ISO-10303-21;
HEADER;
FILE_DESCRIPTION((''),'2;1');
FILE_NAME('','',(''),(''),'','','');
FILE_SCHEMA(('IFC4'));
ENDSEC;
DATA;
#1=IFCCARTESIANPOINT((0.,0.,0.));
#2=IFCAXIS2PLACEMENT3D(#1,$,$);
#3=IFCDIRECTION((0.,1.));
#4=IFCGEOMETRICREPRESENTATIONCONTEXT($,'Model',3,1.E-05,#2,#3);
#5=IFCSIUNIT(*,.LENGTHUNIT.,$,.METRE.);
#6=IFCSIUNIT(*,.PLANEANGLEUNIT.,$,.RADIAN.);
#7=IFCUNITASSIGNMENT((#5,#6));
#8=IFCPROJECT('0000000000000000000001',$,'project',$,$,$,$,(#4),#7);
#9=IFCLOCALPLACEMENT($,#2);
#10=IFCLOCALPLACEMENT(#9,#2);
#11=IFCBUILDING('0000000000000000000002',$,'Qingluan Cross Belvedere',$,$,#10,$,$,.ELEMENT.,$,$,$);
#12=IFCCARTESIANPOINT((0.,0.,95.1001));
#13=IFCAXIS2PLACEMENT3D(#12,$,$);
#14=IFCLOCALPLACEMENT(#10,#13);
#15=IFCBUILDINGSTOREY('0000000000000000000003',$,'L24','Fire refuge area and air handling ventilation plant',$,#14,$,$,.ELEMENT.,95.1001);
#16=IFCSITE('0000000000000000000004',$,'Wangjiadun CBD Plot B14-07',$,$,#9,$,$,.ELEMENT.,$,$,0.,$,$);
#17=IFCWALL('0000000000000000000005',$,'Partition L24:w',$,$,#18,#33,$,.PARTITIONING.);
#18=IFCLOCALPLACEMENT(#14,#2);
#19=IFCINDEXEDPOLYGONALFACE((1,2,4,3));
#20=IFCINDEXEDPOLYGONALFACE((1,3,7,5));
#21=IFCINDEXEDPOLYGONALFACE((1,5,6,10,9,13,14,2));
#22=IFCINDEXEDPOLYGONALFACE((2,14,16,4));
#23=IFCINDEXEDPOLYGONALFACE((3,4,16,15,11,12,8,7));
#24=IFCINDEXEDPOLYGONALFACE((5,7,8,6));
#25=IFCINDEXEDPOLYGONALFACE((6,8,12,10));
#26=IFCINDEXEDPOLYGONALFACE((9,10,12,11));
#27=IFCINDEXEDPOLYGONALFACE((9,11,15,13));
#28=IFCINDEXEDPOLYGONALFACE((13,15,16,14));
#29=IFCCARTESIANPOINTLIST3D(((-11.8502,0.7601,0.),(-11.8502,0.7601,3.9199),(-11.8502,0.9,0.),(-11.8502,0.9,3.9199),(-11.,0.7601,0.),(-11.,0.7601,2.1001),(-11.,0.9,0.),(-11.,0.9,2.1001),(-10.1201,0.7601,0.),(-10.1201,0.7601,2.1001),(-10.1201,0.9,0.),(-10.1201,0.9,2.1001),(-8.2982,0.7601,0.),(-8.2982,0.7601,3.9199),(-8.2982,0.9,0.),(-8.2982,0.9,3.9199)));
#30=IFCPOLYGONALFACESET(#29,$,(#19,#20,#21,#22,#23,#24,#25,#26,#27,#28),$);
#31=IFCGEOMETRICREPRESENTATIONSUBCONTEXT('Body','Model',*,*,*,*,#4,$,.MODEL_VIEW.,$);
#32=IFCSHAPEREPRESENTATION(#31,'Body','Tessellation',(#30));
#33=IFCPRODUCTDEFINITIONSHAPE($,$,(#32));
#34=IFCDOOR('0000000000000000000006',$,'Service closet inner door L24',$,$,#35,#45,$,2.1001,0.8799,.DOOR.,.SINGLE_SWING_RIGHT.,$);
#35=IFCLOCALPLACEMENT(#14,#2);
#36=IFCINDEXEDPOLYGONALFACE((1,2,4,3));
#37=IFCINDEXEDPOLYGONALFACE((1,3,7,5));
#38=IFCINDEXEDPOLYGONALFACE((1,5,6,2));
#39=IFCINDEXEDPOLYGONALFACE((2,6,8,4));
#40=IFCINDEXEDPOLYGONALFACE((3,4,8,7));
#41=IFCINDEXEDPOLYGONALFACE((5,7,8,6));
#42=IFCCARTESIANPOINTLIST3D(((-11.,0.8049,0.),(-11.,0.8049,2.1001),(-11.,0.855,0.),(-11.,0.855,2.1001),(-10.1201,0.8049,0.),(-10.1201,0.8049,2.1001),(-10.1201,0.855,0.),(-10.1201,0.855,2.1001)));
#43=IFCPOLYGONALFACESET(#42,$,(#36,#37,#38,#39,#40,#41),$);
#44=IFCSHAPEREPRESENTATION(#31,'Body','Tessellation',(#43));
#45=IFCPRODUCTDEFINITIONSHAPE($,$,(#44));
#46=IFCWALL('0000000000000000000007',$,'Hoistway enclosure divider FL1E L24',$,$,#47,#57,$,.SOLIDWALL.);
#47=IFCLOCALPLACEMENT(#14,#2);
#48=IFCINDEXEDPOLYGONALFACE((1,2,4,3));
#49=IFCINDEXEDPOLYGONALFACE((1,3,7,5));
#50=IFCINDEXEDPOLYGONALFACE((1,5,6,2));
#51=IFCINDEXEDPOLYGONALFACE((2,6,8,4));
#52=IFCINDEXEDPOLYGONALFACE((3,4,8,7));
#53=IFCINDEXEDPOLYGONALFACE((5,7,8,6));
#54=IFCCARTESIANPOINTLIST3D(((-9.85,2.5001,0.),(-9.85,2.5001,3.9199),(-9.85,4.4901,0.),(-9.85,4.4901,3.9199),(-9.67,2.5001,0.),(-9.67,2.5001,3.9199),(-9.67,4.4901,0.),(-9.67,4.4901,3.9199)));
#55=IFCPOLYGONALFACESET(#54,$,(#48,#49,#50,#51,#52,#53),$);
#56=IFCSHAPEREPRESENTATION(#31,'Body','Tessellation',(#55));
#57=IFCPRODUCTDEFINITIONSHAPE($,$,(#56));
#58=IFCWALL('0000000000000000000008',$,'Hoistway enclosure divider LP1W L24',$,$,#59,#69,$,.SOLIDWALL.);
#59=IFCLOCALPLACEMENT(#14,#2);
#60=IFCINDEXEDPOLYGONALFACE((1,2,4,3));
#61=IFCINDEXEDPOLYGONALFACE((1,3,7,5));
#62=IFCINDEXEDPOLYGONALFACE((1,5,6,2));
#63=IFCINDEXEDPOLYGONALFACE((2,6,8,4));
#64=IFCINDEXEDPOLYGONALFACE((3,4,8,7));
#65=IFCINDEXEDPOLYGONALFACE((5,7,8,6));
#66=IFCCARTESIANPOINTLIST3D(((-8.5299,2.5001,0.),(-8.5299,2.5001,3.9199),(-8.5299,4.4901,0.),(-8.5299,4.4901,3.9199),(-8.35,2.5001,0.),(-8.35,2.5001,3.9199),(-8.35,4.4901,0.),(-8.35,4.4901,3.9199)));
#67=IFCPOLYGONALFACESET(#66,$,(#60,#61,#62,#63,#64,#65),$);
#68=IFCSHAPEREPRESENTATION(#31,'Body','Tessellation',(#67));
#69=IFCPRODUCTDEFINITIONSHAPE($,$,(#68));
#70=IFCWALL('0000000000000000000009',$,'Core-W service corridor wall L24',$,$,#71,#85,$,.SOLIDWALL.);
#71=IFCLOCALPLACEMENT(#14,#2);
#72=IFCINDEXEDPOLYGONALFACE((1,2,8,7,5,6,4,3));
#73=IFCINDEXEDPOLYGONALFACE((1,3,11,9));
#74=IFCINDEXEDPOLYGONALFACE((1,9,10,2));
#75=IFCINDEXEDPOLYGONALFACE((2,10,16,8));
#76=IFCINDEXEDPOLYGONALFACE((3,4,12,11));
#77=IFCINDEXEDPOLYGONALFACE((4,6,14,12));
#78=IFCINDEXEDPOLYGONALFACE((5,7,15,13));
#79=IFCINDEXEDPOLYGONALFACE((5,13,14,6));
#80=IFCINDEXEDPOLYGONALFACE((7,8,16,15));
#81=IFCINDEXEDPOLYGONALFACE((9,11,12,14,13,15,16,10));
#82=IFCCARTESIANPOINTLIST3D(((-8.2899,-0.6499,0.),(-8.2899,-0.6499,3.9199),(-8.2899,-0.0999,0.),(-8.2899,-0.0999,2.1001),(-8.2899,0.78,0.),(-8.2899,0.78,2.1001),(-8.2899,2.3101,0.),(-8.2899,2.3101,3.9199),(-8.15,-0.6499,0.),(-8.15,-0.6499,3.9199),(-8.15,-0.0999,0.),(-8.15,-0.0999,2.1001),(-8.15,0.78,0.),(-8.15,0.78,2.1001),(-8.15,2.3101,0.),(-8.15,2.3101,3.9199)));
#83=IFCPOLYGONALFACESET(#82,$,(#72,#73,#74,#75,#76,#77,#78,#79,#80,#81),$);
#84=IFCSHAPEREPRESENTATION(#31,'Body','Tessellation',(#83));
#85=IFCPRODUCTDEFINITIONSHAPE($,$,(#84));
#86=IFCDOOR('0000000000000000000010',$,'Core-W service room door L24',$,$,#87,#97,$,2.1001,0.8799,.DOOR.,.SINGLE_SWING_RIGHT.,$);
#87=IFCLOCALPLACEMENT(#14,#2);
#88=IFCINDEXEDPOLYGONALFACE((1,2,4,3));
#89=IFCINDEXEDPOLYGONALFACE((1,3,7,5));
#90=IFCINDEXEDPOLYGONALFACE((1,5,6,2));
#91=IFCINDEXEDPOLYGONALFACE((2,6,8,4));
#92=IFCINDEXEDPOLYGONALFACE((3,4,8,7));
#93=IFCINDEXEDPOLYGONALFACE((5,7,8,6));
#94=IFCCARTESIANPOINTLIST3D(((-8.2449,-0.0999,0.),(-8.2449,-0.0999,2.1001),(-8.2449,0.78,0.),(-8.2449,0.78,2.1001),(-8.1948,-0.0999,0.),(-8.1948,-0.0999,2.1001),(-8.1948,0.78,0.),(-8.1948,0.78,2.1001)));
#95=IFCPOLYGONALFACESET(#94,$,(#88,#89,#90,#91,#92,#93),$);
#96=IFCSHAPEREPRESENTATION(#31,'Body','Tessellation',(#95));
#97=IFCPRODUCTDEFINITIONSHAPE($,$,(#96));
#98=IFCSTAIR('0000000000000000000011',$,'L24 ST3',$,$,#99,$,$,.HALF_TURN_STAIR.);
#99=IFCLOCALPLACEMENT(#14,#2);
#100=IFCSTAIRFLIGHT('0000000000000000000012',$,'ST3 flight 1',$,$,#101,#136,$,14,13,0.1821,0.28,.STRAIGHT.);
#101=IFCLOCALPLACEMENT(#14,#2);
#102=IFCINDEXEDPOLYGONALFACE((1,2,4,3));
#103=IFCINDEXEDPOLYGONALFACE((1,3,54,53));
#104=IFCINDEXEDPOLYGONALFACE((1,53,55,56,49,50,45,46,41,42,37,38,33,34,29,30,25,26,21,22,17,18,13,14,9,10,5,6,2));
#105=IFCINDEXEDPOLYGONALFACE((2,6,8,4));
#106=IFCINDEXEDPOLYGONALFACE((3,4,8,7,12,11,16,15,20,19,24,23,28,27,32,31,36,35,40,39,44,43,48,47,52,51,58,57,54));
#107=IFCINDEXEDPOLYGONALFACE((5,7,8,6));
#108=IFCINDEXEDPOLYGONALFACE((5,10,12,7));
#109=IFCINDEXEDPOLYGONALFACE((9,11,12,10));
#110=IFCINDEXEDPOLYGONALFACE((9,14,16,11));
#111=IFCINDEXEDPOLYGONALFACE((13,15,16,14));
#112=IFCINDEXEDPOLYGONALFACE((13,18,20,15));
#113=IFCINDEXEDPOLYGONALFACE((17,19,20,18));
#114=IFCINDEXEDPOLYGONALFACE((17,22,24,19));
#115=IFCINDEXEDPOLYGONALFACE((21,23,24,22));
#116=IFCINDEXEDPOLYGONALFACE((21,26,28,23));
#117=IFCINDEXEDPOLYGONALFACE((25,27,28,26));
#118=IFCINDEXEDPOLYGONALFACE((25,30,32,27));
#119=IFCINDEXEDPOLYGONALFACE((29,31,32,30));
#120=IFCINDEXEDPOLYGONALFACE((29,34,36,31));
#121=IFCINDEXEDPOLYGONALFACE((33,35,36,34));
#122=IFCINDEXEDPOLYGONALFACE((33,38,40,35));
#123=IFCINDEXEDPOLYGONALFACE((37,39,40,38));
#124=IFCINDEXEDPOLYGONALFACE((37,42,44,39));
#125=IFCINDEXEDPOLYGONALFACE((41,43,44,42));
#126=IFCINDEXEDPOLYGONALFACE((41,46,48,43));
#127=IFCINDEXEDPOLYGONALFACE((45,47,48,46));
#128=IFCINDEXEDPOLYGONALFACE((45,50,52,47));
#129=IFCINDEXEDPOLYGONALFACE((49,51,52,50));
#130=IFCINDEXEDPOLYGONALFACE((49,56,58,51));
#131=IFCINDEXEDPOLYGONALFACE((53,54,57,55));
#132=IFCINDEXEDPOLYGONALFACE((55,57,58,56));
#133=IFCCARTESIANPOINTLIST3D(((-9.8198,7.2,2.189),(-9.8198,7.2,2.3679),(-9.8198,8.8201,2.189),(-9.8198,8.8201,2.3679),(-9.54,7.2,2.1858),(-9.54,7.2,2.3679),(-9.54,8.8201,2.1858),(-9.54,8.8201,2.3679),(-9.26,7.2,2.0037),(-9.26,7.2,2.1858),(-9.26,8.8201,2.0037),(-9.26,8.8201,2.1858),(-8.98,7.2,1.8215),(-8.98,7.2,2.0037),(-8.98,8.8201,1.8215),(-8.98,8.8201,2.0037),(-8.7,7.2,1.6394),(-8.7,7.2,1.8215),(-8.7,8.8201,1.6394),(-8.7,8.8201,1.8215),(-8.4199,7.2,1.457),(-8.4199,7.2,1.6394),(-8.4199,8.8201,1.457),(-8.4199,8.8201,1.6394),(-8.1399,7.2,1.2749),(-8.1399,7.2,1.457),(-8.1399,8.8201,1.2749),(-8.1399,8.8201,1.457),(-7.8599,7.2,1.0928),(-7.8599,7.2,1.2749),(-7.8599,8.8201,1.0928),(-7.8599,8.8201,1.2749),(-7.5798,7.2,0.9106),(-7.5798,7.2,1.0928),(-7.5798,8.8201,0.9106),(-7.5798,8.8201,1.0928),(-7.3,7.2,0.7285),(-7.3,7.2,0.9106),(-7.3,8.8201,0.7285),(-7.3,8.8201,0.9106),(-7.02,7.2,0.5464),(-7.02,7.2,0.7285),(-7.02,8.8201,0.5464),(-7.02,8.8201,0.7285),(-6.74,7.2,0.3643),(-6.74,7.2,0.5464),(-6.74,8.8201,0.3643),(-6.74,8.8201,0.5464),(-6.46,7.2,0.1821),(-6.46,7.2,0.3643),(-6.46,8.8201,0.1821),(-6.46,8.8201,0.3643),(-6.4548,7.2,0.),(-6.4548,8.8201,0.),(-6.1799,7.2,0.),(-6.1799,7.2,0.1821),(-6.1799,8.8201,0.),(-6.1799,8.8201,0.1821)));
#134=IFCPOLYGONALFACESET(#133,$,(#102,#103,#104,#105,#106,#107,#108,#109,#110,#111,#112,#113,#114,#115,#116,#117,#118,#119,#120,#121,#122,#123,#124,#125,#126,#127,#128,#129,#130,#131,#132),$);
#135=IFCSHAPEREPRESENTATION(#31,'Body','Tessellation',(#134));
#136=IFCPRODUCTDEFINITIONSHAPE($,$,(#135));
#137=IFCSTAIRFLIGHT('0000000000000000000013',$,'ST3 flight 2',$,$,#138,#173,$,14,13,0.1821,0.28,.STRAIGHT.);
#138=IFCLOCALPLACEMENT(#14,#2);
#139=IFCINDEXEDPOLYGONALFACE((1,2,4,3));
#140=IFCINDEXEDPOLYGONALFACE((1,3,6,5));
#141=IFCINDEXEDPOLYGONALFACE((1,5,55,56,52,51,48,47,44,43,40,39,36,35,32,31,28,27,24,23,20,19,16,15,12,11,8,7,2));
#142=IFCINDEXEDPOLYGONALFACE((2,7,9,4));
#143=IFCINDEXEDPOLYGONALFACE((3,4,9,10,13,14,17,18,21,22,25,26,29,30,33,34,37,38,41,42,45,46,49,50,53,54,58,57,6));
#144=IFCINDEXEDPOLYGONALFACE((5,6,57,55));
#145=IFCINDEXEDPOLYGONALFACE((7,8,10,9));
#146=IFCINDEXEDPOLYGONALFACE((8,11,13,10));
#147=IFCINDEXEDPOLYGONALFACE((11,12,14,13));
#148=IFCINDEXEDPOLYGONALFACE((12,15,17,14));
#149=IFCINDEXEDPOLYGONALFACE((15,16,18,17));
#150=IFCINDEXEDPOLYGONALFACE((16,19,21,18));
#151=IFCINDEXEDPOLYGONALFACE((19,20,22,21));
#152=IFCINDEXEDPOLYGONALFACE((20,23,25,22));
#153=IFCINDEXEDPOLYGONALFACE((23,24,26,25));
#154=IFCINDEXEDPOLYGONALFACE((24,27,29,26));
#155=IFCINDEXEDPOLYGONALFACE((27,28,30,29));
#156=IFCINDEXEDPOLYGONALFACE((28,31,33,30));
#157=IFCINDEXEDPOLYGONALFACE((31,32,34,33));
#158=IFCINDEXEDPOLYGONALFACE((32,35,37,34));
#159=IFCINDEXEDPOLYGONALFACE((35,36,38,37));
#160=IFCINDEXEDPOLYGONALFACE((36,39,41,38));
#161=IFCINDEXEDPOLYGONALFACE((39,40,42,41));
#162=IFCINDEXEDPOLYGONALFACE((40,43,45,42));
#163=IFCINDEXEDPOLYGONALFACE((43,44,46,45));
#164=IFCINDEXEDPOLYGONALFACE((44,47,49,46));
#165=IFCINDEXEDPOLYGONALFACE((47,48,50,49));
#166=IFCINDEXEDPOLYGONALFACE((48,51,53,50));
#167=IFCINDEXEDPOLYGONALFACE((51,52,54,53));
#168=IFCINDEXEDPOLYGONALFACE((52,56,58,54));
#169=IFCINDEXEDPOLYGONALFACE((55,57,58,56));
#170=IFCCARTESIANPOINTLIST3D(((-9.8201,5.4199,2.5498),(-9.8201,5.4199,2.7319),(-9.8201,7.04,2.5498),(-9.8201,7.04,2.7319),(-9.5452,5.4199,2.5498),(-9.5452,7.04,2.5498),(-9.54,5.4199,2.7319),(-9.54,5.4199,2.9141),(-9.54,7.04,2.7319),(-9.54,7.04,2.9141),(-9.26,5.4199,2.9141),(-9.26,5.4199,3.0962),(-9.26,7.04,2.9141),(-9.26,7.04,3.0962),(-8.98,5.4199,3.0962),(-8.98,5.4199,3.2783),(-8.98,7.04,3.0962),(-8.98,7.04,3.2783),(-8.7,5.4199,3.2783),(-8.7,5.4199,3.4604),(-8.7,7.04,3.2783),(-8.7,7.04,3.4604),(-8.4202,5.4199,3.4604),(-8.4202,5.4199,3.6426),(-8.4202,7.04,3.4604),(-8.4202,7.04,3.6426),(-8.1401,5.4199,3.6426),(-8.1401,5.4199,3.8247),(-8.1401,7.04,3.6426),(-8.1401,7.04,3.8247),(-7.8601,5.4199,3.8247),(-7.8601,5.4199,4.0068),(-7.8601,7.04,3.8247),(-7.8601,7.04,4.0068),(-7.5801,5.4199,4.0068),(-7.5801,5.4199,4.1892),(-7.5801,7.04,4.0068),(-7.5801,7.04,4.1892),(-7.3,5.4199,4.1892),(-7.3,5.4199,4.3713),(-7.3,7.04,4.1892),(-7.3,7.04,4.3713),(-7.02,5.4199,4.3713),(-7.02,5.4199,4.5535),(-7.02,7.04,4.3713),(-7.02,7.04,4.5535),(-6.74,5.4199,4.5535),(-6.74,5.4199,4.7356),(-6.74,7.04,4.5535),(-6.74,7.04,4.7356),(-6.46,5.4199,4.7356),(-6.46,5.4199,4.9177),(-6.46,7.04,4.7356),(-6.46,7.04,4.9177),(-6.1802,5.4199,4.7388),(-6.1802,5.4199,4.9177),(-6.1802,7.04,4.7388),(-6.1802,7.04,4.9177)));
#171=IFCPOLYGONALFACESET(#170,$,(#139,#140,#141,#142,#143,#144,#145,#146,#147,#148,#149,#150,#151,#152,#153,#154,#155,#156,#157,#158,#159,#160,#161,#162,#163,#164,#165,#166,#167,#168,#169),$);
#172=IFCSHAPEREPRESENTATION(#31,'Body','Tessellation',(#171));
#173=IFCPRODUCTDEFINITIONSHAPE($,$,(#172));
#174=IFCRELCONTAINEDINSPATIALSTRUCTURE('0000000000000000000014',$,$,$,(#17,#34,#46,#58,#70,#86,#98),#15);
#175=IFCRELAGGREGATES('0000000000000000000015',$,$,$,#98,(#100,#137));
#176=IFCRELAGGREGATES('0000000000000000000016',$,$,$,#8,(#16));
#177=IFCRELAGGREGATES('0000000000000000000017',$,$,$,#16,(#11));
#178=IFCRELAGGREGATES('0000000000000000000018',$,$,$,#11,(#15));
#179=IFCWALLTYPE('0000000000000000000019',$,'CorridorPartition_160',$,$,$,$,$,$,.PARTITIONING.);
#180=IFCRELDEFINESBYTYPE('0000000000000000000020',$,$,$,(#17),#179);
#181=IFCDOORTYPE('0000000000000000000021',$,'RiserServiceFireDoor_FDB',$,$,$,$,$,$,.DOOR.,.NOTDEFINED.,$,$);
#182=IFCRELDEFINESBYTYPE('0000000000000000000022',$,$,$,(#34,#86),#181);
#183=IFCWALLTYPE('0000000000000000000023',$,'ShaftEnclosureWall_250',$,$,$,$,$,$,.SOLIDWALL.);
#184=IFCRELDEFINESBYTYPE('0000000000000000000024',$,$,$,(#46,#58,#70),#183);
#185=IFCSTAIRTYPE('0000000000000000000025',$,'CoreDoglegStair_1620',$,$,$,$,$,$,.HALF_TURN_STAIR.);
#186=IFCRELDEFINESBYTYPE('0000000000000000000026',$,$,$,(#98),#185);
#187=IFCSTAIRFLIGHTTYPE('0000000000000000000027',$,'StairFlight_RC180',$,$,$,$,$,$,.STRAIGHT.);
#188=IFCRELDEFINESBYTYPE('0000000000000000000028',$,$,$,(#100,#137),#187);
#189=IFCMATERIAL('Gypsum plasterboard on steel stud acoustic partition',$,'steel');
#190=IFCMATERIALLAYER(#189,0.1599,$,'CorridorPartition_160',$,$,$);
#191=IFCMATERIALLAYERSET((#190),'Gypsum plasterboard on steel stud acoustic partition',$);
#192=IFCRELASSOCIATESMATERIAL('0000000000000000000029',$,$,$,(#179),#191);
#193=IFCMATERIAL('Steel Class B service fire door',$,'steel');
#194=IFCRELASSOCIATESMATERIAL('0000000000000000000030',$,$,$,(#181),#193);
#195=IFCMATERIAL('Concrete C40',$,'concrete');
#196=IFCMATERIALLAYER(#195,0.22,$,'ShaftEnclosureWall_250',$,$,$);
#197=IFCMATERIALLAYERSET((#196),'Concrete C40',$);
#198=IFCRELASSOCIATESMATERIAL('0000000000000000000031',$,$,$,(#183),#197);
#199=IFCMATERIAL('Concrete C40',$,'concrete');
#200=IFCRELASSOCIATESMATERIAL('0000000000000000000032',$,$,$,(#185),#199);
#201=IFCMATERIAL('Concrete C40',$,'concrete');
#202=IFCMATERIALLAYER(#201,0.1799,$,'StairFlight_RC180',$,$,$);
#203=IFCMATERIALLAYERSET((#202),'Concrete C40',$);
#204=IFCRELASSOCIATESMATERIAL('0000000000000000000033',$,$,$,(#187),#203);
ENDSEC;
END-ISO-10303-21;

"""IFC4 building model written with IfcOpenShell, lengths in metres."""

from ifc_helpers import new_model, si_unit, direction, frame, frame_2d, origin, place, context, subcontext, project, spatial, polyline, rectangle, outline, extrude, material, layer, layer_set, type_object, element, fill, aggregate, save


model = new_model("IFC4")

# Units and contexts
model_context = context("Model", 3, precision=1e-05, world=origin(), true_north=direction((0.0, 1.0)))
body_context = subcontext(model_context, "Body", "Model", "MODEL_VIEW")
ifc_project = project(units=[si_unit("LENGTHUNIT", "METRE"), si_unit("PLANEANGLEUNIT", "RADIAN")], contexts=[model_context])

# Site, building, storey
site_placement = place(None, origin())
site = spatial("IfcSite", under=ifc_project, at=site_placement, Name="Wangjiadun CBD Plot B14-07", CompositionType="ELEMENT", RefElevation=0.0)
building_placement = place(site_placement, origin())
building = spatial("IfcBuilding", under=site, at=building_placement, Name="Qingluan Cross Belvedere", CompositionType="ELEMENT")
storey_placement = place(building_placement, frame((0.0, 0.0, 95.1001)))
storey = spatial("IfcBuildingStorey", under=building, at=storey_placement, Name="L24", Description="Fire refuge area and air handling ventilation plant", CompositionType="ELEMENT", Elevation=95.1001)

# Wall, opening, door
ifc_material_1 = material(Name="Gypsum plasterboard on steel stud acoustic partition", Category="steel")
ifc_layer_1 = layer(ifc_material_1, 0.1599, Name="CorridorPartition_160")
ifc_layer_set_1 = layer_set([ifc_layer_1], Name="Gypsum plasterboard on steel stud acoustic partition")
wall_type_1 = type_object("IfcWallType", Name="CorridorPartition_160", PredefinedType="PARTITIONING", material=ifc_layer_set_1)
wall_1_placement = place(storey_placement, frame((-11.8501, 0.8301, 0.0), z_axis=(0.0, 0.0, 1.0), x_axis=(1.0, 0.0, 0.0)))
wall_1 = element("IfcWall", 1, at=wall_1_placement, inside=storey, type_object=wall_type_1, Name="Partition L24:w", PredefinedType="PARTITIONING", context=body_context, shape_type="SweptSolid", body=[
    extrude(rectangle(XDim=3.552, YDim=0.1399, at=frame_2d((1.7759, 0.0))), origin(), (0.0, 0.0, 1.0), 3.9199),
])
opening_1_placement = place(wall_1_placement, frame((0.8501, 0.0, 0.0)))
opening_1 = element("IfcOpeningElement", 2, at=opening_1_placement, cuts=wall_1, PredefinedType="OPENING", context=body_context, shape_type="SweptSolid", body=[
    extrude(rectangle(XDim=0.8799, YDim=2.1001, at=frame_2d((0.4399, 1.05))), frame((0.0, 0.0798, 0.0), z_axis=(0.0, -1.0, 0.0), x_axis=(1.0, 0.0, 0.0)), (0.0, 0.0, 1.0), 0.1599),
])
ifc_material_2 = material(Name="Steel Class B service fire door", Category="steel")
door_type_1 = type_object("IfcDoorType", Name="RiserServiceFireDoor_FDB", OperationType="NOTDEFINED", PredefinedType="DOOR", material=ifc_material_2)
door_1_placement = place(opening_1_placement, origin())
door_1 = element("IfcDoor", 3, at=door_1_placement, inside=storey, type_object=door_type_1, Name="Service closet inner door L24", OperationType="SINGLE_SWING_RIGHT", OverallHeight=2.1001, OverallWidth=0.8799, PredefinedType="DOOR", context=body_context, shape_type="SweptSolid", body=[
    extrude(rectangle(XDim=0.8799, YDim=2.1001, at=frame_2d((0.4399, 1.05))), frame((0.0, 0.0249, 0.0), z_axis=(0.0, -1.0, 0.0), x_axis=(1.0, 0.0, 0.0)), (0.0, 0.0, 1.0), 0.05),
])
fill(opening_1, door_1)

# Shared definitions
ifc_material_3 = material(Name="Concrete C40", Category="concrete")
ifc_layer_2 = layer(ifc_material_3, 0.22, Name="ShaftEnclosureWall_250")
ifc_layer_set_2 = layer_set([ifc_layer_2], Name="Concrete C40")
wall_type_2 = type_object("IfcWallType", Name="ShaftEnclosureWall_250", PredefinedType="SOLIDWALL", material=ifc_layer_set_2)

# Walls
for number, where, z_axis, x_axis, name in (
    (4, (-9.76, 2.5, 0.0), (0.0, 0.0, 1.0), (0.0, 1.0, 0.0), "Hoistway enclosure divider FL1E L24"),
    (5, (-8.4399, 2.5, 0.0), (0.0, 0.0, 1.0), (0.0, 1.0, 0.0), "Hoistway enclosure divider LP1W L24"),
):
    element("IfcWall", number, at=place(storey_placement, frame(where, z_axis=z_axis, x_axis=x_axis)), inside=storey, type_object=wall_type_2, Name=name, PredefinedType="SOLIDWALL", context=body_context, shape_type="SweptSolid", body=[
        extrude(rectangle(XDim=1.99, YDim=0.1799, at=frame_2d((0.9951, 0.0))), origin(), (0.0, 0.0, 1.0), 3.9199),
    ])

# Wall, opening, door
wall_2_placement = place(storey_placement, frame((-8.22, -0.6499, 0.0), z_axis=(0.0, 0.0, 1.0), x_axis=(0.0, 1.0, 0.0)))
wall_2 = element("IfcWall", 6, at=wall_2_placement, inside=storey, type_object=wall_type_2, Name="Core-W service corridor wall L24", PredefinedType="SOLIDWALL", context=body_context, shape_type="SweptSolid", body=[
    extrude(rectangle(XDim=2.96, YDim=0.1399, at=frame_2d((1.48, 0.0))), origin(), (0.0, 0.0, 1.0), 3.9199),
])
opening_2_placement = place(wall_2_placement, frame((0.55, 0.0, 0.0)))
opening_2 = element("IfcOpeningElement", 7, at=opening_2_placement, cuts=wall_2, PredefinedType="OPENING", context=body_context, shape_type="SweptSolid", body=[
    extrude(rectangle(XDim=0.8799, YDim=2.1001, at=frame_2d((0.4399, 1.05))), frame((0.0, 0.0798, 0.0), z_axis=(0.0, -1.0, 0.0), x_axis=(1.0, 0.0, 0.0)), (0.0, 0.0, 1.0), 0.1599),
])
door_2_placement = place(opening_2_placement, origin())
door_2 = element("IfcDoor", 8, at=door_2_placement, inside=storey, type_object=door_type_1, Name="Core-W service room door L24", OperationType="SINGLE_SWING_RIGHT", OverallHeight=2.1001, OverallWidth=0.8799, PredefinedType="DOOR", context=body_context, shape_type="SweptSolid", body=[
    extrude(rectangle(XDim=0.8799, YDim=2.1001, at=frame_2d((0.4399, 1.05))), frame((0.0, 0.0249, 0.0), z_axis=(0.0, -1.0, 0.0), x_axis=(1.0, 0.0, 0.0)), (0.0, 0.0, 1.0), 0.05),
])
fill(opening_2, door_2)

# Stair, stair flights
ifc_material_4 = material(Name="Concrete C40", Category="concrete")
stair_type = type_object("IfcStairType", Name="CoreDoglegStair_1620", PredefinedType="HALF_TURN_STAIR", material=ifc_material_4)
stair_placement = place(storey_placement, origin())
stair = element("IfcStair", 9, at=stair_placement, inside=storey, type_object=stair_type, Name="L24 ST3", PredefinedType="HALF_TURN_STAIR")
ifc_material_5 = material(Name="Concrete C40", Category="concrete")
ifc_layer_3 = layer(ifc_material_5, 0.1799, Name="StairFlight_RC180")
ifc_layer_set_3 = layer_set([ifc_layer_3], Name="Concrete C40")
stair_flight_type = type_object("IfcStairFlightType", Name="StairFlight_RC180", PredefinedType="STRAIGHT", material=ifc_layer_set_3)
stair_flight_1_placement = place(storey_placement, frame((-6.1799, 8.01, 0.0), z_axis=(0.0, 0.0, 1.0), x_axis=(-1.0, 0.0, 0.0)))
stair_flight_1 = element("IfcStairFlight", 10, at=stair_flight_1_placement, type_object=stair_flight_type, Name="ST3 flight 1", NumberOfRisers=14, NumberOfTreads=13, PredefinedType="STRAIGHT", RiserHeight=0.1821, TreadLength=0.28, context=body_context, shape_type="SweptSolid", body=[
    extrude(outline(polyline([(0.0, 0.0), (0.0, 0.1821), (0.28, 0.1821), (0.28, 0.3643), (0.5601, 0.3643), (0.5601, 0.5464), (0.8401, 0.5464), (0.8401, 0.7285), (1.1201, 0.7285), (1.1201, 0.9106), (1.3999, 0.9106), (1.3999, 1.0928), (1.6799, 1.0928), (1.6799, 1.2749), (1.96, 1.2749), (1.96, 1.457), (2.24, 1.457), (2.24, 1.6394), (2.52, 1.6394), (2.52, 1.8215), (2.8, 1.8215), (2.8, 2.0037), (3.0801, 2.0037), (3.0801, 2.1858), (3.3601, 2.1858), (3.3601, 2.3679), (3.6399, 2.3679), (3.6399, 2.55), (3.6399, 2.189), (0.2749, 0.0), (0.0, 0.0)])), frame((0.0, 0.8101, 0.0), z_axis=(0.0, -1.0, 0.0), x_axis=(1.0, 0.0, 0.0)), (0.0, 0.0, 1.0), 1.6201),
])
stair_flight_2_placement = place(storey_placement, frame((-9.8201, 6.23, 2.5498), z_axis=(0.0, 0.0, 1.0), x_axis=(1.0, 0.0, 0.0)))
stair_flight_2 = element("IfcStairFlight", 11, at=stair_flight_2_placement, type_object=stair_flight_type, Name="ST3 flight 2", NumberOfRisers=14, NumberOfTreads=13, PredefinedType="STRAIGHT", RiserHeight=0.1821, TreadLength=0.28, context=body_context, shape_type="SweptSolid", body=[
    extrude(outline(polyline([(0.0, 0.0), (0.0, 0.1821), (0.28, 0.1821), (0.28, 0.3643), (0.5601, 0.3643), (0.5601, 0.5464), (0.8401, 0.5464), (0.8401, 0.7285), (1.1201, 0.7285), (1.1201, 0.9106), (1.3999, 0.9106), (1.3999, 1.0928), (1.6799, 1.0928), (1.6799, 1.2749), (1.96, 1.2749), (1.96, 1.457), (2.24, 1.457), (2.24, 1.6394), (2.52, 1.6394), (2.52, 1.8215), (2.8, 1.8215), (2.8, 2.0037), (3.0801, 2.0037), (3.0801, 2.1858), (3.3601, 2.1858), (3.3601, 2.3679), (3.6399, 2.3679), (3.6399, 2.55), (3.6399, 2.189), (0.2749, 0.0), (0.0, 0.0)])), frame((0.0, 0.8101, 0.0), z_axis=(0.0, -1.0, 0.0), x_axis=(1.0, 0.0, 0.0)), (0.0, 0.0, 1.0), 1.6201),
])
aggregate(stair, [stair_flight_1, stair_flight_2])

save(model, "model.ifc")
